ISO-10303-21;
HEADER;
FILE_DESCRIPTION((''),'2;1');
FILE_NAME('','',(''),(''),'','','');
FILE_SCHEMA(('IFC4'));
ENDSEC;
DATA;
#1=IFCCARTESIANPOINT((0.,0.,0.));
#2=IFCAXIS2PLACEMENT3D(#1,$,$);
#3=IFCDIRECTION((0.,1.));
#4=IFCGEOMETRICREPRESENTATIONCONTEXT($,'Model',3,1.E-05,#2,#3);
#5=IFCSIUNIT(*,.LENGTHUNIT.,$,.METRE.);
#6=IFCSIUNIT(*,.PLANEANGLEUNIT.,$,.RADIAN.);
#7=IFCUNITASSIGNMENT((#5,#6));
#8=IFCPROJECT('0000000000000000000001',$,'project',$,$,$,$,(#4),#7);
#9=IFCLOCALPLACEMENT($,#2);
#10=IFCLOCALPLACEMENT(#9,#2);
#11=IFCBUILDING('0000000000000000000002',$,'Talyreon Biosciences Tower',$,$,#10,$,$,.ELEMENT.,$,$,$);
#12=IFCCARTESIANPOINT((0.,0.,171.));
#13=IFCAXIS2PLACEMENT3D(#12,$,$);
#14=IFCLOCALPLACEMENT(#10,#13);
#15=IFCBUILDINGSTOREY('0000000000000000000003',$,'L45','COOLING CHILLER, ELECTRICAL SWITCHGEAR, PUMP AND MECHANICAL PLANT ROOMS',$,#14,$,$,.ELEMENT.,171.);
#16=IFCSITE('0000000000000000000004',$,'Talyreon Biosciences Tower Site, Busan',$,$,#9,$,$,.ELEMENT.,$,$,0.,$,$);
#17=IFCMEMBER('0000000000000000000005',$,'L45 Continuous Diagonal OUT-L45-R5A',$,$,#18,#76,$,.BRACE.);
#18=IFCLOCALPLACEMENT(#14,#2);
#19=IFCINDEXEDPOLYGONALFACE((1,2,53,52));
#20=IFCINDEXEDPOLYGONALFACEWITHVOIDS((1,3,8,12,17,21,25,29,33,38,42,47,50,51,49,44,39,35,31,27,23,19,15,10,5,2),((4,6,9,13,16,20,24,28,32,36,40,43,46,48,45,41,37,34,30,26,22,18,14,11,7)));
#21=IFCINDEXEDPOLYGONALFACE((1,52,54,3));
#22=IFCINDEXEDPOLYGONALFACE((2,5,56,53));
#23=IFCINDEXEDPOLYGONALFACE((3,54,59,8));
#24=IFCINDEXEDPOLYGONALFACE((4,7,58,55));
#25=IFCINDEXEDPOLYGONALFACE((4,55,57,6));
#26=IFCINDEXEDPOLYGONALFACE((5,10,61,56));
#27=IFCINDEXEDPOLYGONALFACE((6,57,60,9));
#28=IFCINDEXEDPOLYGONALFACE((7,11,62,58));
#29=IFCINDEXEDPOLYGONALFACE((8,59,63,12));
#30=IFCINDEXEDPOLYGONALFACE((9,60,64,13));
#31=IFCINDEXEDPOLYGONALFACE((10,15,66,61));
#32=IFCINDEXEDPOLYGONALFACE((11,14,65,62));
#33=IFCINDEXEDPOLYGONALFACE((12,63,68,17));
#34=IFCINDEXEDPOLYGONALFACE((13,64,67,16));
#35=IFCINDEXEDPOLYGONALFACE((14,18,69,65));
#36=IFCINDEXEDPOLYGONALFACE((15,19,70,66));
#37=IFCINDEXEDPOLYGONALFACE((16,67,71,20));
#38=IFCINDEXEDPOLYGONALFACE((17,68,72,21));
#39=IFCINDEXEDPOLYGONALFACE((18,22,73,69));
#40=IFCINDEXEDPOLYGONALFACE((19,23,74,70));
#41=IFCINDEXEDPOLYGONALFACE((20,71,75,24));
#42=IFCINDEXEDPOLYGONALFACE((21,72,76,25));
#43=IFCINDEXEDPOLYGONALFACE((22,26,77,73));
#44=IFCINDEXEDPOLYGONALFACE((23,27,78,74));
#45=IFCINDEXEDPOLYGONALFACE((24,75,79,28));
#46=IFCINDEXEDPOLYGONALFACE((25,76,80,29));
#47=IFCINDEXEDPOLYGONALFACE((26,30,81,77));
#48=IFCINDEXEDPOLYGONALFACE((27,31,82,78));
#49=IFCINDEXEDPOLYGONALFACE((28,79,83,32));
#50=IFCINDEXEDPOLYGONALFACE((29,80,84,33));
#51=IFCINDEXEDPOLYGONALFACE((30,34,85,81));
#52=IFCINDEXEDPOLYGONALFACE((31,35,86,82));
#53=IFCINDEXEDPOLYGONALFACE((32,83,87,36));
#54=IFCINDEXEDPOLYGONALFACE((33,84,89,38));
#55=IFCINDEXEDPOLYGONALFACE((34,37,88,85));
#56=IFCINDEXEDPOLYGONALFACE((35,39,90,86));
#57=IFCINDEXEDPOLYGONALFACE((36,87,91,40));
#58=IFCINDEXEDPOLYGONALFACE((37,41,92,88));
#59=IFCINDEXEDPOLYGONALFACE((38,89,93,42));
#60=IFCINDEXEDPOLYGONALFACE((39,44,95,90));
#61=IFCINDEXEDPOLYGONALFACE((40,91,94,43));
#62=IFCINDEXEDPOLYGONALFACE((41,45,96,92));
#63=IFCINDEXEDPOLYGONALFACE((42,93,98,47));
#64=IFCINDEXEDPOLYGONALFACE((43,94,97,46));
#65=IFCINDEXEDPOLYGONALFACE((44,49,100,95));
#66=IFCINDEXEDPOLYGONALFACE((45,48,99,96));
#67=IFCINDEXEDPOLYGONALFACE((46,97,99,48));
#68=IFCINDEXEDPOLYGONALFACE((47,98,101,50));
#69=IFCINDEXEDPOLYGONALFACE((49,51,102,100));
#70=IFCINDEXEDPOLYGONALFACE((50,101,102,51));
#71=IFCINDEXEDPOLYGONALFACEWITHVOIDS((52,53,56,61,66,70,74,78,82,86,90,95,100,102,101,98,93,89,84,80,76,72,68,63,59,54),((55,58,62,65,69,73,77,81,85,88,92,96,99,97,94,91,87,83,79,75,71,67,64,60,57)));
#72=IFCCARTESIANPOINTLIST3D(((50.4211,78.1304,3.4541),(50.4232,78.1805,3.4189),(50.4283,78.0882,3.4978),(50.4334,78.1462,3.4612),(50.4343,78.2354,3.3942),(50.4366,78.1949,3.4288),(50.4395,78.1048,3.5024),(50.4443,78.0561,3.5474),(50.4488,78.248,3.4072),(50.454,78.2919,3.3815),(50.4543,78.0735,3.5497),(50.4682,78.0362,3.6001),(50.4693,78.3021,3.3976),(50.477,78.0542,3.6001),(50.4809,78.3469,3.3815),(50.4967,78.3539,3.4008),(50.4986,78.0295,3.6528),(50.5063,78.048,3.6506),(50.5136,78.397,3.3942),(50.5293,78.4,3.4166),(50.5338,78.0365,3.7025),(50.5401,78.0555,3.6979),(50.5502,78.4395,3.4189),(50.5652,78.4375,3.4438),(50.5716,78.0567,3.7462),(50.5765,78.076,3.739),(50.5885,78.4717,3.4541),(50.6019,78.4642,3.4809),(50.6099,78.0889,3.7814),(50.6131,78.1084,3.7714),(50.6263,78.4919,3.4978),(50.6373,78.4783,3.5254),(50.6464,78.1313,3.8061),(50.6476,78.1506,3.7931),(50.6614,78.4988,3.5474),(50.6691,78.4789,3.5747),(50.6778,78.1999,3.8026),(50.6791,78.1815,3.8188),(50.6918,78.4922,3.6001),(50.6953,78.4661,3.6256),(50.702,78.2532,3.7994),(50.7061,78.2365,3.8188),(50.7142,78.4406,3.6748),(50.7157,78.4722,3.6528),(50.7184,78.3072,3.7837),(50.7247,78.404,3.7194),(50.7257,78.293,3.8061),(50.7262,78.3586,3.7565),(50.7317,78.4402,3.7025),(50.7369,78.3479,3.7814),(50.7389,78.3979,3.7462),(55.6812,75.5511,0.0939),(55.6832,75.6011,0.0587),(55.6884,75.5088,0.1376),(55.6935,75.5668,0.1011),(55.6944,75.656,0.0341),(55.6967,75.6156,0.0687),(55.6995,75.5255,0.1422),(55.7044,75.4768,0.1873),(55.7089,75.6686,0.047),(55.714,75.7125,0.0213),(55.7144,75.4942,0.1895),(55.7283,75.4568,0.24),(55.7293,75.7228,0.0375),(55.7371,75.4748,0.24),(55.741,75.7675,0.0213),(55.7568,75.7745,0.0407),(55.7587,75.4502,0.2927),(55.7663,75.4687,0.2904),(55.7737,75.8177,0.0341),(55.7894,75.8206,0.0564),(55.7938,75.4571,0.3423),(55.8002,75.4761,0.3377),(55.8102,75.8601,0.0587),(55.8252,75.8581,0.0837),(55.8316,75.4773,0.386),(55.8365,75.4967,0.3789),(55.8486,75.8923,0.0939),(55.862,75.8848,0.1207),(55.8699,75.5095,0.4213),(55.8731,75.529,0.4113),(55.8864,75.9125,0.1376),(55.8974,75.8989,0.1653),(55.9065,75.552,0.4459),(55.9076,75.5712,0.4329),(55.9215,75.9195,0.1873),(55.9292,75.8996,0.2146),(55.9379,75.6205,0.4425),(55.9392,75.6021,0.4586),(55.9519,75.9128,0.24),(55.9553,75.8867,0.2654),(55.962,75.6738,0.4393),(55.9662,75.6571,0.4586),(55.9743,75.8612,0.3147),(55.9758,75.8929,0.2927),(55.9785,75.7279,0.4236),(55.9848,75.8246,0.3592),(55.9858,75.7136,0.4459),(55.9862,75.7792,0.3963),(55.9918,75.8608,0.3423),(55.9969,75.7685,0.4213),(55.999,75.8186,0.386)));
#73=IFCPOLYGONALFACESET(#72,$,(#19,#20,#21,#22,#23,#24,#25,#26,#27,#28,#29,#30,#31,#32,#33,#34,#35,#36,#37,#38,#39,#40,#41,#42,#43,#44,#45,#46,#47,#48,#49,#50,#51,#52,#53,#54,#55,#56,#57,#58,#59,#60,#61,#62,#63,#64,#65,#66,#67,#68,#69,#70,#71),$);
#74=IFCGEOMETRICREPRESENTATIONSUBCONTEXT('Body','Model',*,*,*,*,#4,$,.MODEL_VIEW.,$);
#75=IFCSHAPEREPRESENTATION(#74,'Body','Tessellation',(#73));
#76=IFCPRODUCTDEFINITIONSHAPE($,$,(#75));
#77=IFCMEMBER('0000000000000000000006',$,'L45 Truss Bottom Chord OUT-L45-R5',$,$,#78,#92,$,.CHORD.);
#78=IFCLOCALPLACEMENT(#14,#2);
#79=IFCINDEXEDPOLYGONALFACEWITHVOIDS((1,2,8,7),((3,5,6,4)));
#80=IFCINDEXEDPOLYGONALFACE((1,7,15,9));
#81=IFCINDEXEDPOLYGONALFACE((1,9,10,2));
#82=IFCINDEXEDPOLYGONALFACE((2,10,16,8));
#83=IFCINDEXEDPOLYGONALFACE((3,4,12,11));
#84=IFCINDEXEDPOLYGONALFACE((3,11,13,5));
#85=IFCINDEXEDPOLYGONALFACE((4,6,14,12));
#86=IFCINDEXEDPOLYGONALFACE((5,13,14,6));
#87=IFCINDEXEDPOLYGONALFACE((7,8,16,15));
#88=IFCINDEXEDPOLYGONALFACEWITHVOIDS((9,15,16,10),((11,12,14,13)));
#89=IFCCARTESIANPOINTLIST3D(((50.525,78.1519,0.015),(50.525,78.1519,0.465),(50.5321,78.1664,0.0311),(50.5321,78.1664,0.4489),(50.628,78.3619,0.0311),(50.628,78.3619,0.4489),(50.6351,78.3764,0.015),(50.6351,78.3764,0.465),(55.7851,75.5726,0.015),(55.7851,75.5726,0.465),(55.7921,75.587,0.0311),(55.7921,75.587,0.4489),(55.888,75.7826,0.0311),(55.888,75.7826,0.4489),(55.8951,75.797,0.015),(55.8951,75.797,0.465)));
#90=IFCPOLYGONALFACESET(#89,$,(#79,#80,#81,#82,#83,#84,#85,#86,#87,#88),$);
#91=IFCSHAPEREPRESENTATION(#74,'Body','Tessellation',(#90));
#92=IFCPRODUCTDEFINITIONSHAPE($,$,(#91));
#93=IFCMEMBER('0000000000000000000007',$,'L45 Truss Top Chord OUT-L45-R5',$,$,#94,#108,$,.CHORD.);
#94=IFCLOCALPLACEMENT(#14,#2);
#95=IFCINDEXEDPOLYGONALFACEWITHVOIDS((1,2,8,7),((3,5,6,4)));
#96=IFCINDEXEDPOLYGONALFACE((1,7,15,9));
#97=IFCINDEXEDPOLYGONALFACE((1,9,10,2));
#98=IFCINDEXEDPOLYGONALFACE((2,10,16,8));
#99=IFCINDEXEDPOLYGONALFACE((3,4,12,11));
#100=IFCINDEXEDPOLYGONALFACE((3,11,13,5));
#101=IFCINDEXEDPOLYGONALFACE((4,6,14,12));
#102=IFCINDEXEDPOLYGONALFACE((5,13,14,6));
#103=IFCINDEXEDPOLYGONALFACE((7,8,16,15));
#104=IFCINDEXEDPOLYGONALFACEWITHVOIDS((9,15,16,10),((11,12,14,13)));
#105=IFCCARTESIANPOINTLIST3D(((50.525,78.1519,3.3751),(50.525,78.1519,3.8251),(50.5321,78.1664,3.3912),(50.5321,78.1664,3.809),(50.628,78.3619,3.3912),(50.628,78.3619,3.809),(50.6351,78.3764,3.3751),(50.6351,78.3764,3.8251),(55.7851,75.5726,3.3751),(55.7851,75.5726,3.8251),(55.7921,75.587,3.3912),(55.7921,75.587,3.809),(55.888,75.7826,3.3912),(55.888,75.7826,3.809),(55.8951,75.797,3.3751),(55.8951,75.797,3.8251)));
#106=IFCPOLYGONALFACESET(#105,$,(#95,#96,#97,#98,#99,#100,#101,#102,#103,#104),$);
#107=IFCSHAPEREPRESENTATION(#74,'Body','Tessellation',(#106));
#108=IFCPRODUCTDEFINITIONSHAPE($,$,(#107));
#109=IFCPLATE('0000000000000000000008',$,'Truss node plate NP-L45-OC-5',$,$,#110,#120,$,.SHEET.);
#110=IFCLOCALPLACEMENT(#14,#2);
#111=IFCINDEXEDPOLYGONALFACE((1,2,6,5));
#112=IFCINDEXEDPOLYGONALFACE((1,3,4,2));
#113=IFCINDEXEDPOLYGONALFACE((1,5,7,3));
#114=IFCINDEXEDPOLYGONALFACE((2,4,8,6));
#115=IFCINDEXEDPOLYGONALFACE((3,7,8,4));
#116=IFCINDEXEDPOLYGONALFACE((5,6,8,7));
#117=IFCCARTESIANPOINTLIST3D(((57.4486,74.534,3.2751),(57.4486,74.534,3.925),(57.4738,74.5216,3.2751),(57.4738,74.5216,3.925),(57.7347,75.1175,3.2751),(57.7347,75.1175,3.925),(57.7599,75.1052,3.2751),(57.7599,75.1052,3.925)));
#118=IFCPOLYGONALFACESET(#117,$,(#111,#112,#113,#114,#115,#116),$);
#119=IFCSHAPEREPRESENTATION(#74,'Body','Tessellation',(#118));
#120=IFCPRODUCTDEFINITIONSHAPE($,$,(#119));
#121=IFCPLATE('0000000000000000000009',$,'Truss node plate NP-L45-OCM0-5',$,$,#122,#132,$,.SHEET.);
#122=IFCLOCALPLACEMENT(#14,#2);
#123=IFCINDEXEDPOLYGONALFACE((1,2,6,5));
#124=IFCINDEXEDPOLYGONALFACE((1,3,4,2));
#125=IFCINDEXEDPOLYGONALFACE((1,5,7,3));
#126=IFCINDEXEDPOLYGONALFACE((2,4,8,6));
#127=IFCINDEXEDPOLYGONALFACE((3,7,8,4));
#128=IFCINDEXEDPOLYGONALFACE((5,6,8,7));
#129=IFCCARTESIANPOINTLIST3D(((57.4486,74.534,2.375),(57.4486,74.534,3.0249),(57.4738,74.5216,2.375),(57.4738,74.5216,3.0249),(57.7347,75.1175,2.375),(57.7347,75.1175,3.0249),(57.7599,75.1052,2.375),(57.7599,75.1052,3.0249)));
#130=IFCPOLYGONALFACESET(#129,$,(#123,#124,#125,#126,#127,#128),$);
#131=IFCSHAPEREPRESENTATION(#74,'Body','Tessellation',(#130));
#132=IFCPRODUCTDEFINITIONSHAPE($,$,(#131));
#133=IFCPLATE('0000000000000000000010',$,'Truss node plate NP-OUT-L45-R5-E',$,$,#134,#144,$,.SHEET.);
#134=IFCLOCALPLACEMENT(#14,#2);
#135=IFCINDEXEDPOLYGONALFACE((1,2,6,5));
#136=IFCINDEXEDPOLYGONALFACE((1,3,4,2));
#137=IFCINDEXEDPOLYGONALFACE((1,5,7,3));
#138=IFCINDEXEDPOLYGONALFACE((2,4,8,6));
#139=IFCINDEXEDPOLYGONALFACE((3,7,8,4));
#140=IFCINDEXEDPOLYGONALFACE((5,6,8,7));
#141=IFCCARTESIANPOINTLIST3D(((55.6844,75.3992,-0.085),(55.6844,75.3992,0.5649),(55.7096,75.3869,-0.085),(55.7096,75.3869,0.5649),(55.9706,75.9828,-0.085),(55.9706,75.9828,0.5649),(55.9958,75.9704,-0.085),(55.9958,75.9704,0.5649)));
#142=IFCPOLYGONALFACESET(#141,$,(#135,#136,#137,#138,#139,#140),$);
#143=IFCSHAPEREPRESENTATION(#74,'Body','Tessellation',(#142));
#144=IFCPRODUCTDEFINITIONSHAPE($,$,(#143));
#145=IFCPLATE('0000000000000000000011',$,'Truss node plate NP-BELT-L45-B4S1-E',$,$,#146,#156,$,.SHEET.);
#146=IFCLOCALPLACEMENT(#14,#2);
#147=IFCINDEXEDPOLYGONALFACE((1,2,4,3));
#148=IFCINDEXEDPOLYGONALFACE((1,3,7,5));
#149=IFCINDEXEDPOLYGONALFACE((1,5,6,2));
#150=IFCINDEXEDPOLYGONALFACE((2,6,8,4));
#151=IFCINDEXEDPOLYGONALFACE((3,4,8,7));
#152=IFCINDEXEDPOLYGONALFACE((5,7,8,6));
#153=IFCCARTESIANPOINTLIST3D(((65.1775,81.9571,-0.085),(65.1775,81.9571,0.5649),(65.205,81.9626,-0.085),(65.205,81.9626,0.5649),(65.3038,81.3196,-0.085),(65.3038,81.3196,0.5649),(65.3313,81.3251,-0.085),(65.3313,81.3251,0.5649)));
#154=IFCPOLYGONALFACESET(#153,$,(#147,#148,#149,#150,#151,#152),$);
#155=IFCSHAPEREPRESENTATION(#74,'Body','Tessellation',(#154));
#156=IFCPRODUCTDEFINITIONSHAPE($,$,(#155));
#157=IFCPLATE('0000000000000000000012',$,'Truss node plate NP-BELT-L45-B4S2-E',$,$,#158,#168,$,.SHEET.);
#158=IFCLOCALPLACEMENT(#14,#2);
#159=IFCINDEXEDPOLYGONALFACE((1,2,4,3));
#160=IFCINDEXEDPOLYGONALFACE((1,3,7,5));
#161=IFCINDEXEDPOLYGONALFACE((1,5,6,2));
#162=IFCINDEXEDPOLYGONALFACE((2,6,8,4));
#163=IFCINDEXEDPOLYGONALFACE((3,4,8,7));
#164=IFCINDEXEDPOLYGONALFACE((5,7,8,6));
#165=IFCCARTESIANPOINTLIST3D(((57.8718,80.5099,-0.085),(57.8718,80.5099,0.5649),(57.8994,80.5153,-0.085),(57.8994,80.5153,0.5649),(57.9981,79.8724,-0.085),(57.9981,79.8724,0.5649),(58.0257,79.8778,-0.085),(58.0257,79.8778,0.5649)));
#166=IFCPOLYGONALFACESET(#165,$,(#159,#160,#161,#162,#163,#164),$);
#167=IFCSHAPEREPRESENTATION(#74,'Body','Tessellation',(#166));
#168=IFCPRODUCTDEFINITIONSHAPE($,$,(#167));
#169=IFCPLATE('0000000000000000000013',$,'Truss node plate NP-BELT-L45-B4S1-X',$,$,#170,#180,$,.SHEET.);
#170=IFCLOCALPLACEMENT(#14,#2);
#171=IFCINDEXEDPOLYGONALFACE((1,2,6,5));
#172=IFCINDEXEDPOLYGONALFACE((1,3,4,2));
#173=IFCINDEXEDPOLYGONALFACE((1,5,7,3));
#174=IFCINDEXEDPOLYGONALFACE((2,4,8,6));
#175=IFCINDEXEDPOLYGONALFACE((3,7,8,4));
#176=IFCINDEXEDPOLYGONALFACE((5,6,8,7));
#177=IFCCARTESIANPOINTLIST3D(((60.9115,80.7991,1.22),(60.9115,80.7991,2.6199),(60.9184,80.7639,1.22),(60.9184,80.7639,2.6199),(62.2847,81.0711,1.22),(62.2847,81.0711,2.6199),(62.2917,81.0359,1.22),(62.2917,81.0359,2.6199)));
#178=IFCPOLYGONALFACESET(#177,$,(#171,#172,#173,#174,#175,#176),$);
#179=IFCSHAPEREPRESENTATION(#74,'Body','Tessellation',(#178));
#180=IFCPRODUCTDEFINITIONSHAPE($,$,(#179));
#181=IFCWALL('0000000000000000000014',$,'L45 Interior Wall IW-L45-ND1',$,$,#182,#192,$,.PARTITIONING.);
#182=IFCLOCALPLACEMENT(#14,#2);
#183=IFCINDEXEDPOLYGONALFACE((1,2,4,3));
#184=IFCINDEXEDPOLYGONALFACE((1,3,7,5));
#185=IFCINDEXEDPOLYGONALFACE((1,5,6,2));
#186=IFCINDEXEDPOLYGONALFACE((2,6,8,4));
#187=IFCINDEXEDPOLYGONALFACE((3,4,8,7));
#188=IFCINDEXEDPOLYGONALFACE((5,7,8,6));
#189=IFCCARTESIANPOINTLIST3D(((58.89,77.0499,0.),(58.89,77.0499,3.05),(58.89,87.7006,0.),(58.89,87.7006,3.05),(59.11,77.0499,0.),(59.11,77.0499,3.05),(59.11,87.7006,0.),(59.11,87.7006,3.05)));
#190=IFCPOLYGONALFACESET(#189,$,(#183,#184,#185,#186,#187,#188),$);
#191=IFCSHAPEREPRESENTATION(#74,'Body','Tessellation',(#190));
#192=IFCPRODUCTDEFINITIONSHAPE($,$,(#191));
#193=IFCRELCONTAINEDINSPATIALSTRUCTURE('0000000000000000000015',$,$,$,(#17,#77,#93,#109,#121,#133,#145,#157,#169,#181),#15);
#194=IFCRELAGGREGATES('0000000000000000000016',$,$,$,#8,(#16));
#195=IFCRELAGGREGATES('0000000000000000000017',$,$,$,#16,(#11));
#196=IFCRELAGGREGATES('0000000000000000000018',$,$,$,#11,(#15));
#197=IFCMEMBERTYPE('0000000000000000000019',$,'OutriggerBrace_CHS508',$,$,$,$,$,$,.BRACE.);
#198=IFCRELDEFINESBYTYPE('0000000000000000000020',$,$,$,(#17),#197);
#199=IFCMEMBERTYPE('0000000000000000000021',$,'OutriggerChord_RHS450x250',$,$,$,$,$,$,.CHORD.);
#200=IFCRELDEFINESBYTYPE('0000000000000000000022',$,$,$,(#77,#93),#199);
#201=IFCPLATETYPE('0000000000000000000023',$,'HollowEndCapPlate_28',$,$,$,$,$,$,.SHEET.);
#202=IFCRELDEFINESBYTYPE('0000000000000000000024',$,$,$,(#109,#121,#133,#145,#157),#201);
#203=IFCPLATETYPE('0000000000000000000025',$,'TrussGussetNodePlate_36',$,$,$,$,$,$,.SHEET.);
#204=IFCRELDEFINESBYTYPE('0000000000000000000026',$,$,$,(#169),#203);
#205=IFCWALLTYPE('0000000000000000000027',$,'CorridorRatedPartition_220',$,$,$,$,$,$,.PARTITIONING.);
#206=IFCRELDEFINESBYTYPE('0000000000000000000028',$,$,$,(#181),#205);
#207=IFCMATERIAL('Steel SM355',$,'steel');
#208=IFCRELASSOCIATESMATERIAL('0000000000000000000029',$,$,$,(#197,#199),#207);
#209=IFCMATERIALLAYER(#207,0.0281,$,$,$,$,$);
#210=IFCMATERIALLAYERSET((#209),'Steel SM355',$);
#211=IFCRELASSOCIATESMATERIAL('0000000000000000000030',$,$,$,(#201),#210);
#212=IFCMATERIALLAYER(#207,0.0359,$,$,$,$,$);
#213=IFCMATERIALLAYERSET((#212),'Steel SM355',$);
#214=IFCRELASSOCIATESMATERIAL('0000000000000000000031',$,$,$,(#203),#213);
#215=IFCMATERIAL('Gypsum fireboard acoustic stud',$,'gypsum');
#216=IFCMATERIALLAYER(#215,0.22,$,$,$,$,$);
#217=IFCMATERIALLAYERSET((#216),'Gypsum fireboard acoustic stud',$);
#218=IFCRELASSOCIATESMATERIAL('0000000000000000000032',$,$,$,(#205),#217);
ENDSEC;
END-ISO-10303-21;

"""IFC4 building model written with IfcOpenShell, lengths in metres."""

from ifc_helpers import new_model, si_unit, direction, frame, frame_2d, origin, origin_2d, place, context, subcontext, project, spatial, rectangle, hollow_rectangle, hollow_circle, extrude, material, layer, layer_set, material_profile, profile_set, type_object, element, save


model = new_model("IFC4")

# Units and contexts
model_context = context("Model", 3, precision=1e-05, world=origin(), true_north=direction((0.0, 1.0)))
body_context = subcontext(model_context, "Body", "Model", "MODEL_VIEW")
ifc_project = project(units=[si_unit("LENGTHUNIT", "METRE"), si_unit("PLANEANGLEUNIT", "RADIAN")], contexts=[model_context])

# Site, building, storey
site_placement = place(None, origin())
site = spatial("IfcSite", under=ifc_project, at=site_placement, Name="Talyreon Biosciences Tower Site, Busan", CompositionType="ELEMENT", RefElevation=0.0)
building_placement = place(site_placement, origin())
building = spatial("IfcBuilding", under=site, at=building_placement, Name="Talyreon Biosciences Tower", CompositionType="ELEMENT")
storey_placement = place(building_placement, frame((0.0, 0.0, 171.0)))
storey = spatial("IfcBuildingStorey", under=building, at=storey_placement, Name="L45", Description="COOLING CHILLER, ELECTRICAL SWITCHGEAR, PUMP AND MECHANICAL PLANT ROOMS", CompositionType="ELEMENT", Elevation=171.0)

# Shared definitions
ifc_material_1 = material(Name="Steel SM355", Category="steel")

# Members
ifc_material_profile_1 = material_profile(ifc_material_1, hollow_circle(Radius=0.2539, WallThickness=0.02, at=origin_2d()), Name="CHS 508x20")
ifc_profile_set_1 = profile_set([ifc_material_profile_1], Name="Steel SM355")
member_type_1 = type_object("IfcMemberType", Name="OutriggerBrace_CHS508", PredefinedType="BRACE", material=ifc_profile_set_1)
member_1_placement = place(storey_placement, frame((55.8401, 75.6848, 0.24), z_axis=(-0.778846, 0.381922, 0.497529), x_axis=(-0.440282, -0.897859, 0.0)))
element("IfcMember", 1, at=member_1_placement, inside=storey, type_object=member_type_1, Name="L45 Continuous Diagonal OUT-L45-R5A", PredefinedType="BRACE", context=body_context, shape_type="SweptSolid", body=[
    extrude(hollow_circle(Radius=0.2539, WallThickness=0.02, at=origin_2d()), origin(), (0.0, 0.0, 1.0), 6.7537),
])
ifc_material_profile_2 = material_profile(ifc_material_1, hollow_rectangle(XDim=0.25, YDim=0.45, WallThickness=0.0161, at=origin_2d()), Name="RHS 450x250x16")
ifc_profile_set_2 = profile_set([ifc_material_profile_2], Name="Steel SM355")
member_type_2 = type_object("IfcMemberType", Name="OutriggerChord_RHS450x250", PredefinedType="CHORD", material=ifc_profile_set_2)
for number, where, z_axis, x_axis, name in (
    (2, (55.8401, 75.6848, 0.24), (-0.897859, 0.440282, 0.0), (-0.440282, -0.897859, 0.0), "L45 Truss Bottom Chord OUT-L45-R5"),
    (3, (55.8401, 75.6848, 3.6001), (-0.897859, 0.440282, 0.0), (-0.440282, -0.897859, 0.0), "L45 Truss Top Chord OUT-L45-R5"),
):
    element("IfcMember", number, at=place(storey_placement, frame(where, z_axis=z_axis, x_axis=x_axis)), inside=storey, type_object=member_type_2, Name=name, PredefinedType="CHORD", context=body_context, shape_type="SweptSolid", body=[
        extrude(hollow_rectangle(XDim=0.25, YDim=0.45, WallThickness=0.0161, at=origin_2d()), origin(), (0.0, 0.0, 1.0), 5.8584),
    ])

# Plates
ifc_layer_1 = layer(ifc_material_1, 0.0281)
ifc_layer_set_1 = layer_set([ifc_layer_1], Name="Steel SM355")
plate_type_1 = type_object("IfcPlateType", Name="HollowEndCapPlate_28", PredefinedType="SHEET", material=ifc_layer_set_1)
for number, where, z_axis, x_axis, name in (
    (4, (57.6042, 74.8196, 3.2751), (0.0, 0.0, 1.0), (-0.440284, -0.897859, 0.0), "Truss node plate NP-L45-OC-5"),
    (5, (57.6042, 74.8196, 2.375), (0.0, 0.0, 1.0), (-0.440284, -0.897859, 0.0), "Truss node plate NP-L45-OCM0-5"),
    (6, (55.8401, 75.6848, -0.085), (0.0, 0.0, 1.0), (-0.440284, -0.897859, 0.0), "Truss node plate NP-OUT-L45-R5-E"),
    (7, (65.2544, 81.6411, -0.085), (0.0, 0.0, 1.0), (0.194337, -0.980935, 0.0), "Truss node plate NP-BELT-L45-B4S1-E"),
    (8, (57.9487, 80.1938, -0.085), (0.0, 0.0, 1.0), (0.194337, -0.980935, 0.0), "Truss node plate NP-BELT-L45-B4S2-E"),
):
    element("IfcPlate", number, at=place(storey_placement, frame(where, z_axis=z_axis, x_axis=x_axis)), inside=storey, type_object=plate_type_1, Name=name, PredefinedType="SHEET", context=body_context, shape_type="SweptSolid", body=[
        extrude(rectangle(XDim=0.6499, YDim=0.0281, at=origin_2d()), origin(), (0.0, 0.0, 1.0), 0.6499),
    ])
ifc_layer_2 = layer(ifc_material_1, 0.0359)
ifc_layer_set_2 = layer_set([ifc_layer_2], Name="Steel SM355")
plate_type_2 = type_object("IfcPlateType", Name="TrussGussetNodePlate_36", PredefinedType="SHEET", material=ifc_layer_set_2)
plate_placement = place(storey_placement, frame((61.6016, 80.9175, 1.22), z_axis=(0.0, 0.0, 1.0), x_axis=(-0.980935, -0.194337, 0.0)))
element("IfcPlate", 9, at=plate_placement, inside=storey, type_object=plate_type_2, Name="Truss node plate NP-BELT-L45-B4S1-X", PredefinedType="SHEET", context=body_context, shape_type="SweptSolid", body=[
    extrude(rectangle(XDim=1.3999, YDim=0.0359, at=origin_2d()), origin(), (0.0, 0.0, 1.0), 1.3999),
])

# Wall
ifc_material_2 = material(Name="Gypsum fireboard acoustic stud", Category="gypsum")
ifc_layer_3 = layer(ifc_material_2, 0.22)
ifc_layer_set_3 = layer_set([ifc_layer_3], Name="Gypsum fireboard acoustic stud")
wall_type = type_object("IfcWallType", Name="CorridorRatedPartition_220", PredefinedType="PARTITIONING", material=ifc_layer_set_3)
wall_placement = place(storey_placement, frame((59.0, 77.05, 0.0), z_axis=(0.0, 0.0, 1.0), x_axis=(0.0, 1.0, 0.0)))
element("IfcWall", 10, at=wall_placement, inside=storey, type_object=wall_type, Name="L45 Interior Wall IW-L45-ND1", PredefinedType="PARTITIONING", context=body_context, shape_type="SweptSolid", body=[
    extrude(rectangle(XDim=10.6506, YDim=0.22, at=frame_2d((5.3252, 0.0))), origin(), (0.0, 0.0, 1.0), 3.05),
])

save(model, "model.ifc")
